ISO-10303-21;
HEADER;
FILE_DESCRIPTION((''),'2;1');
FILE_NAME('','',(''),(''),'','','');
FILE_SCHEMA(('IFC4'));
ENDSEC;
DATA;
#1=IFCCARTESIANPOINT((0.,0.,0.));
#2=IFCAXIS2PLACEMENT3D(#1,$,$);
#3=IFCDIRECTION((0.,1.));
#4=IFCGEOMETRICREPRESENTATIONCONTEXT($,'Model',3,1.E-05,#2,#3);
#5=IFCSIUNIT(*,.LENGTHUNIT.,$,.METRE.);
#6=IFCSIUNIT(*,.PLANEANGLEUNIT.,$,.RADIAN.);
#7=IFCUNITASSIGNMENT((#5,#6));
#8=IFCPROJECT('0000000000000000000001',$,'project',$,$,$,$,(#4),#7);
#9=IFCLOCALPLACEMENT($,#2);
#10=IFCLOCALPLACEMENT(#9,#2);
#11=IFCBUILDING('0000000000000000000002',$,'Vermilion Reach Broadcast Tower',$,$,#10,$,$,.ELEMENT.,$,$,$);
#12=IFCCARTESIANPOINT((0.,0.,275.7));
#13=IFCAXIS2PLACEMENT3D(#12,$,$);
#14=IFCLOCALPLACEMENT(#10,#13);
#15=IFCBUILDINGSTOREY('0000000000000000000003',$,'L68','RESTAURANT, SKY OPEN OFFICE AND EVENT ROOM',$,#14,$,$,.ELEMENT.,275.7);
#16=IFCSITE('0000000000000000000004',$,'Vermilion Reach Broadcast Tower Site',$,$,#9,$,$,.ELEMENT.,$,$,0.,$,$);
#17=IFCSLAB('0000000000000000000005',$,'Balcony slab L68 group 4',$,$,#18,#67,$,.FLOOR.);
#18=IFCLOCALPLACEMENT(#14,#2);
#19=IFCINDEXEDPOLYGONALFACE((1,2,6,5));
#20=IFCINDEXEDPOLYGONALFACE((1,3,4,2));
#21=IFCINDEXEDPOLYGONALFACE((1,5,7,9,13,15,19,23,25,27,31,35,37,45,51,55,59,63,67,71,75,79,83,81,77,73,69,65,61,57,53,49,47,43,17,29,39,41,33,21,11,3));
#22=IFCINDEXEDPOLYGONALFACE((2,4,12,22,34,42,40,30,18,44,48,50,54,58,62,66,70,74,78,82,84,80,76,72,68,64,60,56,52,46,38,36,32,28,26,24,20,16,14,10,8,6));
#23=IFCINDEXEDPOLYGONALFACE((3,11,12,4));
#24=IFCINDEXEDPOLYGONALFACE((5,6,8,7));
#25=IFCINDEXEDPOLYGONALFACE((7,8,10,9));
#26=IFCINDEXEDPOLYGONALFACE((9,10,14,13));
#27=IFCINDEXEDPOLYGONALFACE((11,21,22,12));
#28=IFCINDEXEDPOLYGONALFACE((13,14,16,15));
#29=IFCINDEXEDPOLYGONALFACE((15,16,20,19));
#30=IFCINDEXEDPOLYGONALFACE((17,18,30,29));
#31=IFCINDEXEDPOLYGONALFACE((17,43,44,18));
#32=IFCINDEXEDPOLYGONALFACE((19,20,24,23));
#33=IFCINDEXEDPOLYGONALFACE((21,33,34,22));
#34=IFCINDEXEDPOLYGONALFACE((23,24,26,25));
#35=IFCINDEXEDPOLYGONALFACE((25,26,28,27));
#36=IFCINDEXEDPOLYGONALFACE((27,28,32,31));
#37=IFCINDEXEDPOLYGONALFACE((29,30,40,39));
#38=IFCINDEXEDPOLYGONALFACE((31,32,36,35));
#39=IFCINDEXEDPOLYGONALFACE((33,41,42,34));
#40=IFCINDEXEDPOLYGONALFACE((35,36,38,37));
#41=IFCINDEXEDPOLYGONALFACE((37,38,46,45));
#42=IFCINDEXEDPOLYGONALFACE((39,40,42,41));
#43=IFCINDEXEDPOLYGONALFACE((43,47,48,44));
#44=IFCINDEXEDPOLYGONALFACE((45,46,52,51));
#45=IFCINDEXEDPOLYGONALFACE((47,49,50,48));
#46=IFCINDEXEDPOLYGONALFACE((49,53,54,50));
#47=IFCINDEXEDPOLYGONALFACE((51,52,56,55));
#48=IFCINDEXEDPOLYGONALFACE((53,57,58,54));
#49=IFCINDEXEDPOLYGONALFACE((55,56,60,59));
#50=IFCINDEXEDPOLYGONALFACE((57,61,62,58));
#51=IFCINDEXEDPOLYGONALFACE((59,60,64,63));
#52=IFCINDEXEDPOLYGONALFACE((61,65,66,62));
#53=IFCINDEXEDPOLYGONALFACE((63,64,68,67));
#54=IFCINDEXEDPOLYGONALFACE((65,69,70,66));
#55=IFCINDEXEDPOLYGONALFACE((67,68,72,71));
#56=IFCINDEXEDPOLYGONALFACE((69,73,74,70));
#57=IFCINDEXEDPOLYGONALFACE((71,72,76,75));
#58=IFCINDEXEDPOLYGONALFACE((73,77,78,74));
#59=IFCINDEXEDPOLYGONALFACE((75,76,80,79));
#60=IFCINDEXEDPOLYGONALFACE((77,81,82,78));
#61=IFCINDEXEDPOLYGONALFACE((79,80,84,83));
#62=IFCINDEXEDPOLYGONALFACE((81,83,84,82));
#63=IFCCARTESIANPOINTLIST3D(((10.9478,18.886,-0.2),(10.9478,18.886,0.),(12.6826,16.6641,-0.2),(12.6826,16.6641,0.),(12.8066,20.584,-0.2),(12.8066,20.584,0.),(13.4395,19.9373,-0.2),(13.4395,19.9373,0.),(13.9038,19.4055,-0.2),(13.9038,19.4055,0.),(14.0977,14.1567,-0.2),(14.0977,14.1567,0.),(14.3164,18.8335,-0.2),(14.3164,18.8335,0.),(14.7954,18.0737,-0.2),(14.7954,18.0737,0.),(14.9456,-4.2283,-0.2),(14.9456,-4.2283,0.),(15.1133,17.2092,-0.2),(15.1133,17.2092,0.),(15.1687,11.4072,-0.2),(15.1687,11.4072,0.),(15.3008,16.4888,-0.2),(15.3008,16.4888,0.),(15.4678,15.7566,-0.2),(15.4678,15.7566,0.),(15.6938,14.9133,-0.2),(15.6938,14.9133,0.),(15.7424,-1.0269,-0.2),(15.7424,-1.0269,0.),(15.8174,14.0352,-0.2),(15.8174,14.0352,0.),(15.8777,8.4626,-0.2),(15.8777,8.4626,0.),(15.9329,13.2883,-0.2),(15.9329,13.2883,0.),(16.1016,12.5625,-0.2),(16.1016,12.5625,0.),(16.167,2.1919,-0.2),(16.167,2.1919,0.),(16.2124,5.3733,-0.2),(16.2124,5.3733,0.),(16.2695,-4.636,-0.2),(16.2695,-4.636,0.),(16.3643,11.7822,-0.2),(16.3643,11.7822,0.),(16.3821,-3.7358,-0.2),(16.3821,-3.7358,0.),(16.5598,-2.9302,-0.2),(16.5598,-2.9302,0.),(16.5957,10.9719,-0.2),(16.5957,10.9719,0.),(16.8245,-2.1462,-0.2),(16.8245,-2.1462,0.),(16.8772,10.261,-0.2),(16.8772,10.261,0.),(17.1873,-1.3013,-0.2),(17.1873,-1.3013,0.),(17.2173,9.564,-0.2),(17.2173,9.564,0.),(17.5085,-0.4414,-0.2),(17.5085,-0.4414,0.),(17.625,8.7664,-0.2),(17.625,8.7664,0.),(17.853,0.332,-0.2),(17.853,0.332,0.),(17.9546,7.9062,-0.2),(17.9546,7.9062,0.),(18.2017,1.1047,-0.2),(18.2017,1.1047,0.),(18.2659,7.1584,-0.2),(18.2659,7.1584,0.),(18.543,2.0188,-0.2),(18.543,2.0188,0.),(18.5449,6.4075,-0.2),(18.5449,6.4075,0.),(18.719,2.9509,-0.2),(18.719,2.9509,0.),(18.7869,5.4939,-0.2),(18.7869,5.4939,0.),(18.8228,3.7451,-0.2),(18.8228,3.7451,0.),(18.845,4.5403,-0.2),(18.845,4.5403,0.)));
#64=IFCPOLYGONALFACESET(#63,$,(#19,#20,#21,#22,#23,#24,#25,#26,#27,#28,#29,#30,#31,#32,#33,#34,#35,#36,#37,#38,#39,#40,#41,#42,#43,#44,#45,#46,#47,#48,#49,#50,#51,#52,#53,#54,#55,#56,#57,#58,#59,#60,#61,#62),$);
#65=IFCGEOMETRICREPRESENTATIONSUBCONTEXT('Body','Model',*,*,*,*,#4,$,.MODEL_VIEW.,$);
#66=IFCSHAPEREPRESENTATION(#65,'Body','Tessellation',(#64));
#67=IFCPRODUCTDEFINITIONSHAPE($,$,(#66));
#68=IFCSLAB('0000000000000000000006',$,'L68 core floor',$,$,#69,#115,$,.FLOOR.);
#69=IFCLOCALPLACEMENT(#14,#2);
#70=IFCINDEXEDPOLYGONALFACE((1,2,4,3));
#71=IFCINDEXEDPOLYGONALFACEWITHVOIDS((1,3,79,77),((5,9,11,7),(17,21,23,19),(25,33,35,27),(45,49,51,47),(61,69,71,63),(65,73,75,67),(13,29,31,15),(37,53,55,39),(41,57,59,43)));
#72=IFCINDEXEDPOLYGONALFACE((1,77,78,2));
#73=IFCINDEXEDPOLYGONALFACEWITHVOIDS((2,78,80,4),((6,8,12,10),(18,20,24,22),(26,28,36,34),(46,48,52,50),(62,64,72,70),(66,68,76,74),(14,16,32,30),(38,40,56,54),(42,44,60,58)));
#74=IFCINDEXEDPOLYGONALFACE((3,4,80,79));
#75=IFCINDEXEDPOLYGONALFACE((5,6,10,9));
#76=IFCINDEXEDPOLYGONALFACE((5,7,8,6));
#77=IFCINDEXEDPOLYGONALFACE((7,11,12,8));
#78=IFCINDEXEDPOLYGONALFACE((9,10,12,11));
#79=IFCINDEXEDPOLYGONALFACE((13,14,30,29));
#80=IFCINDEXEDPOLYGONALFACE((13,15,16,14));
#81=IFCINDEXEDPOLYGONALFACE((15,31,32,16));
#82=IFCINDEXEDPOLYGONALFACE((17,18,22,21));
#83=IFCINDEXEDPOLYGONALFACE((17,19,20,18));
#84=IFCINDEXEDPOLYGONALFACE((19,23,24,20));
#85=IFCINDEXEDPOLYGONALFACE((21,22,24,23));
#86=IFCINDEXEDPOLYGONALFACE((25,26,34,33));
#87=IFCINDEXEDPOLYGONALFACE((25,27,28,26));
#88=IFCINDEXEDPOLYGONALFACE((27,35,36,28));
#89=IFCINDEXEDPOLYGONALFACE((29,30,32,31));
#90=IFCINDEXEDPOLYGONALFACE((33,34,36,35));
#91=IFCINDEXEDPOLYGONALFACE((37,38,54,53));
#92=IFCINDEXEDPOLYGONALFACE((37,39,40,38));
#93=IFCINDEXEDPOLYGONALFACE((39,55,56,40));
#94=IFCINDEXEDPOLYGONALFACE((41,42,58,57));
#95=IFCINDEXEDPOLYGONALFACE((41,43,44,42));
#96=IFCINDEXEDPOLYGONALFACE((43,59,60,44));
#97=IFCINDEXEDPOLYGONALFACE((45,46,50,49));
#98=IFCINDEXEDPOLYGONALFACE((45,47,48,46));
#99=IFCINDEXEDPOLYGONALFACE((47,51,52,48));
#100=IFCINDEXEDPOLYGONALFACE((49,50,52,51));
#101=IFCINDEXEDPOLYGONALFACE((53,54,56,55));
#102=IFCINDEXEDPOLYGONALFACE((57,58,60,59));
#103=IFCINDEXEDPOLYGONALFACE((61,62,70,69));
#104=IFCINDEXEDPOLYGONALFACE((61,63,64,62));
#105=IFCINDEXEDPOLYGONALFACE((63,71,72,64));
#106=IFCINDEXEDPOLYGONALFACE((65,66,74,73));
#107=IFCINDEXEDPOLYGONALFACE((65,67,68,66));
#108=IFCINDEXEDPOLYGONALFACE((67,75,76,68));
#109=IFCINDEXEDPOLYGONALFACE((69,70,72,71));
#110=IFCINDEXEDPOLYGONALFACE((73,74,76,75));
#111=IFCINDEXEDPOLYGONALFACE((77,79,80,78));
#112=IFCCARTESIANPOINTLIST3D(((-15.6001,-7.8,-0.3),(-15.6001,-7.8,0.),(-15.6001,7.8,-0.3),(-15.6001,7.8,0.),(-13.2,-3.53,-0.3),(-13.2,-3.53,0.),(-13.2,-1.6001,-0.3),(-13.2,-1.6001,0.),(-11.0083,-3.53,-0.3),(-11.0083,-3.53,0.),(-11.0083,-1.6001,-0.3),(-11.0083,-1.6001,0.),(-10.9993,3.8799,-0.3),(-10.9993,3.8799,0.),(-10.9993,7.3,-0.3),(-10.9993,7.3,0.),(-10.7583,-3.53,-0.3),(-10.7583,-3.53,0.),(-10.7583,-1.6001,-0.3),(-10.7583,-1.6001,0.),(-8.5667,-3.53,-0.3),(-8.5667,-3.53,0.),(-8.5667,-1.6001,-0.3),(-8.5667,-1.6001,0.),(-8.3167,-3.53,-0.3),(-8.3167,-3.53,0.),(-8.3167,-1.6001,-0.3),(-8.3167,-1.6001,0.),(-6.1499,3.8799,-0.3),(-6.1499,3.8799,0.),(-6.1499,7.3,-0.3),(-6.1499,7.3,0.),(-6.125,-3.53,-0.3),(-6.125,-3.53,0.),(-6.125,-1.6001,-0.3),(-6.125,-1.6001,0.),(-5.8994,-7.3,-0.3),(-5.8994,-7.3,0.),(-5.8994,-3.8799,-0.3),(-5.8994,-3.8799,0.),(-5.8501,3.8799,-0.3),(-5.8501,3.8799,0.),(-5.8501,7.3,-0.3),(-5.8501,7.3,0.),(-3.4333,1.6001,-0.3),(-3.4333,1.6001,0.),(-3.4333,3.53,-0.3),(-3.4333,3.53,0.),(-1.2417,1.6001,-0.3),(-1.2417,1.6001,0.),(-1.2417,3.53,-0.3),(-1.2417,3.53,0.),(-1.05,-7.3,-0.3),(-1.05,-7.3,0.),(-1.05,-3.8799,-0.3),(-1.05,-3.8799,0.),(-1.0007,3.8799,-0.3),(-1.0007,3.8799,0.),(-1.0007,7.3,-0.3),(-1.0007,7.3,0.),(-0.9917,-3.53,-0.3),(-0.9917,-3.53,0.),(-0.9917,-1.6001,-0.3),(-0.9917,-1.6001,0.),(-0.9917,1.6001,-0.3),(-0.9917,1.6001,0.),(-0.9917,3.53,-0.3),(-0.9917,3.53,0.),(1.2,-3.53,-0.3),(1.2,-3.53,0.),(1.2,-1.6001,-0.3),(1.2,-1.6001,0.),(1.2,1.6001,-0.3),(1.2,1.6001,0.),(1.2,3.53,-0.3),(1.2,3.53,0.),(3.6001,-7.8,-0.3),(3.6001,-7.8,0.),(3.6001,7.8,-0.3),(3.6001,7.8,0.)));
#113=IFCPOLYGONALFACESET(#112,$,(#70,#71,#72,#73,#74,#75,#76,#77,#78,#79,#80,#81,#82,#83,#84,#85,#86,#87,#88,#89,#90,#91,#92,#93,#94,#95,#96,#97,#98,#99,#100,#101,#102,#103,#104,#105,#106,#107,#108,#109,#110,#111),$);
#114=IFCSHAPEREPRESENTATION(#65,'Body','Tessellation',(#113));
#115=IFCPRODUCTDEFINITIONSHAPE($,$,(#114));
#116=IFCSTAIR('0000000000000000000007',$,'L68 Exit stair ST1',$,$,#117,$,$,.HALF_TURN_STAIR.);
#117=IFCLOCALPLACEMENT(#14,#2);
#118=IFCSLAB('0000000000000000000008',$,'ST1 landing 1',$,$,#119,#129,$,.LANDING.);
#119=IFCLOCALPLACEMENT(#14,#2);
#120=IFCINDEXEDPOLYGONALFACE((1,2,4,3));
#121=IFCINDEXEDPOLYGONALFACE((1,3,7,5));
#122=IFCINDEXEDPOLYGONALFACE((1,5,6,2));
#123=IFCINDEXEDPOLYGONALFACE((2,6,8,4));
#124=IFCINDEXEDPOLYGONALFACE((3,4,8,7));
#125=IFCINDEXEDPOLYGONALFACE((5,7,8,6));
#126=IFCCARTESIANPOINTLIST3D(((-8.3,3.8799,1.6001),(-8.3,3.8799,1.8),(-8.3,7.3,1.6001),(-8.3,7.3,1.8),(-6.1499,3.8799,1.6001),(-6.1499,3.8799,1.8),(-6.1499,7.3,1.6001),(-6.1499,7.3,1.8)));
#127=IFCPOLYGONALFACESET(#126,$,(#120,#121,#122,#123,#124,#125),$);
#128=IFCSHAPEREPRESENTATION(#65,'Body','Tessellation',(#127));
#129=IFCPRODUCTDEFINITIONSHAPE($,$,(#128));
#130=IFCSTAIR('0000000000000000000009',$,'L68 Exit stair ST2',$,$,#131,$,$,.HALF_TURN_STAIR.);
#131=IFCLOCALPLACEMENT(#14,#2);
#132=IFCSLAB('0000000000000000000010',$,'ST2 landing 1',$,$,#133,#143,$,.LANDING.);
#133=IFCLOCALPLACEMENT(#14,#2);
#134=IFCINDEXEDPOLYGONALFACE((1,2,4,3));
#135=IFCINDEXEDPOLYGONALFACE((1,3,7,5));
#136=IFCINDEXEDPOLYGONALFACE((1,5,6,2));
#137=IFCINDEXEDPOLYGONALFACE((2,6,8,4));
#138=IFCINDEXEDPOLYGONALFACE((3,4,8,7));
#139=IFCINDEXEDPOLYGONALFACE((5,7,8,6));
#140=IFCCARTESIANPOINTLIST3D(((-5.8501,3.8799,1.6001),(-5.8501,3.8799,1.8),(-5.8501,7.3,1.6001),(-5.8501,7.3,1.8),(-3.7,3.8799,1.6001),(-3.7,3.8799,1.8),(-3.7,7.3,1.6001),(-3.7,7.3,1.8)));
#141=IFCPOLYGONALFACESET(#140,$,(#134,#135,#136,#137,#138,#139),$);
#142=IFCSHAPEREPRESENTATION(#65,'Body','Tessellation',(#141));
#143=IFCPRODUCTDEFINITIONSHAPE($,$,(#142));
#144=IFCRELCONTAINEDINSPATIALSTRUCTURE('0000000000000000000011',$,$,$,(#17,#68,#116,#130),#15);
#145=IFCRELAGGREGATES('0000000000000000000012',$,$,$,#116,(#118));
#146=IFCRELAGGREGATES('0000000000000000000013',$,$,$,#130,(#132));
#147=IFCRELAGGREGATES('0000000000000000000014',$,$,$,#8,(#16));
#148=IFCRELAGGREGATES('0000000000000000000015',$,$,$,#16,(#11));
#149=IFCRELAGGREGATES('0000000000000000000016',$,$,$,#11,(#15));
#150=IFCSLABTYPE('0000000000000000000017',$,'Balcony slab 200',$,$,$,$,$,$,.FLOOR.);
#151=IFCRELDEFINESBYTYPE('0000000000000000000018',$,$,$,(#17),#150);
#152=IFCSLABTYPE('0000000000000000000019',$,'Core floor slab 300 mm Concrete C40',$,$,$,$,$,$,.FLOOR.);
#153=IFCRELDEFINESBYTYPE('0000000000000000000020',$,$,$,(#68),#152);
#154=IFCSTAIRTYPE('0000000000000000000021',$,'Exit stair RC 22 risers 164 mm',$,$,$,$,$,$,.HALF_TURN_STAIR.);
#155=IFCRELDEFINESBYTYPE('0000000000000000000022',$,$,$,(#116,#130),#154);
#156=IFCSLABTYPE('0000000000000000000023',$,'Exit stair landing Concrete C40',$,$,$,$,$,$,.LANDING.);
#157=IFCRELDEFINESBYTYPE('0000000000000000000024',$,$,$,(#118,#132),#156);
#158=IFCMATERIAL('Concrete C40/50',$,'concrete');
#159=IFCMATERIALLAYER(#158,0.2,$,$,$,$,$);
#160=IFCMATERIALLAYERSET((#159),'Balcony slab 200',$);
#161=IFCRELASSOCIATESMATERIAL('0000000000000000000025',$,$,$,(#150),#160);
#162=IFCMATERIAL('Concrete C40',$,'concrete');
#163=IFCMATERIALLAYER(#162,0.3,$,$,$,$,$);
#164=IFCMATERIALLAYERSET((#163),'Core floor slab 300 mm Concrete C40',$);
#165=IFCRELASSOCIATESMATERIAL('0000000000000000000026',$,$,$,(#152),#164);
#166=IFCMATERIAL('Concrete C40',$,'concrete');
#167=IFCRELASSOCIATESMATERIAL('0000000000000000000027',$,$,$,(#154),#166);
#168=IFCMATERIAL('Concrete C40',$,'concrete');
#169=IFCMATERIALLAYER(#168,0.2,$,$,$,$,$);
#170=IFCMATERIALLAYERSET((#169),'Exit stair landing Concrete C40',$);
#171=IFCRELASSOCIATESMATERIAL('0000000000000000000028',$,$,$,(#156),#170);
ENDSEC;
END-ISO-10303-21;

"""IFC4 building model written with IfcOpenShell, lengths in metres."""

from ifc_helpers import new_model, si_unit, direction, frame, origin, place, context, subcontext, project, spatial, polyline, outline, extrude, material, layer, layer_set, type_object, element, aggregate, save


model = new_model("IFC4")

# Units and contexts
model_context = context("Model", 3, precision=1e-05, world=origin(), true_north=direction((0.0, 1.0)))
body_context = subcontext(model_context, "Body", "Model", "MODEL_VIEW")
ifc_project = project(units=[si_unit("LENGTHUNIT", "METRE"), si_unit("PLANEANGLEUNIT", "RADIAN")], contexts=[model_context])

# Site, building, storey
site_placement = place(None, origin())
site = spatial("IfcSite", under=ifc_project, at=site_placement, Name="Vermilion Reach Broadcast Tower Site", CompositionType="ELEMENT", RefElevation=0.0)
building_placement = place(site_placement, origin())
building = spatial("IfcBuilding", under=site, at=building_placement, Name="Vermilion Reach Broadcast Tower", CompositionType="ELEMENT")
storey_placement = place(building_placement, frame((0.0, 0.0, 275.7)))
storey = spatial("IfcBuildingStorey", under=building, at=storey_placement, Name="L68", Description="RESTAURANT, SKY OPEN OFFICE AND EVENT ROOM", CompositionType="ELEMENT", Elevation=275.7)

# Slabs
ifc_material_1 = material(Name="Concrete C40/50", Category="concrete")
ifc_layer_1 = layer(ifc_material_1, 0.2)
ifc_layer_set_1 = layer_set([ifc_layer_1], Name="Balcony slab 200")
slab_type_1 = type_object("IfcSlabType", Name="Balcony slab 200", PredefinedType="FLOOR", material=ifc_layer_set_1)
placement_1 = place(storey_placement, frame((0.0, 0.0, -0.2)))
element("IfcSlab", 1, at=placement_1, inside=storey, type_object=slab_type_1, Name="Balcony slab L68 group 4", PredefinedType="FLOOR", context=body_context, shape_type="SweptSolid", body=[
    extrude(outline(polyline([(14.9456, -4.2283), (15.7424, -1.0269), (16.167, 2.1919), (16.2124, 5.3733), (15.8777, 8.4626), (15.1687, 11.4072), (14.0977, 14.1567), (12.6826, 16.6641), (10.9478, 18.886), (12.8066, 20.584), (13.4395, 19.9373), (13.9038, 19.4055), (14.3164, 18.8335), (14.7954, 18.0737), (15.1133, 17.2092), (15.3008, 16.4888), (15.4678, 15.7566), (15.6938, 14.9133), (15.8174, 14.0352), (15.9329, 13.2883), (16.1016, 12.5625), (16.3643, 11.7822), (16.5957, 10.9719), (16.8772, 10.261), (17.2173, 9.564), (17.625, 8.7664), (17.9546, 7.9062), (18.2659, 7.1584), (18.5449, 6.4075), (18.7869, 5.4939), (18.845, 4.5403), (18.8228, 3.7451), (18.719, 2.9509), (18.543, 2.0188), (18.2017, 1.1047), (17.853, 0.332), (17.5085, -0.4414), (17.1873, -1.3013), (16.8245, -2.1462), (16.5598, -2.9302), (16.3821, -3.7358), (16.2695, -4.636), (14.9456, -4.2283)])), origin(), (0.0, 0.0, 1.0), 0.2),
])
ifc_material_2 = material(Name="Concrete C40", Category="concrete")
ifc_layer_2 = layer(ifc_material_2, 0.3)
ifc_layer_set_2 = layer_set([ifc_layer_2], Name="Core floor slab 300 mm Concrete C40")
slab_type_2 = type_object("IfcSlabType", Name="Core floor slab 300 mm Concrete C40", PredefinedType="FLOOR", material=ifc_layer_set_2)
slab_1_placement = place(storey_placement, frame((0.0, 0.0, -0.3)))
element("IfcSlab", 2, at=slab_1_placement, inside=storey, type_object=slab_type_2, Name="L68 core floor", PredefinedType="FLOOR", context=body_context, shape_type="SweptSolid", body=[
    extrude(outline(polyline([(-15.6001, -7.8), (3.6001, -7.8), (3.6001, 7.8), (-15.6001, 7.8), (-15.6001, -7.8)]), holes=[polyline([(-3.4333, 1.6001), (-1.2417, 1.6001), (-1.2417, 3.53), (-3.4333, 3.53), (-3.4333, 1.6001)]), polyline([(-0.9917, 1.6001), (1.2, 1.6001), (1.2, 3.53), (-0.9917, 3.53), (-0.9917, 1.6001)]), polyline([(-13.2, -3.53), (-11.0083, -3.53), (-11.0083, -1.6001), (-13.2, -1.6001), (-13.2, -3.53)]), polyline([(-10.7583, -3.53), (-8.5667, -3.53), (-8.5667, -1.6001), (-10.7583, -1.6001), (-10.7583, -3.53)]), polyline([(-8.3167, -3.53), (-6.125, -3.53), (-6.125, -1.6001), (-8.3167, -1.6001), (-8.3167, -3.53)]), polyline([(-0.9917, -3.53), (1.2, -3.53), (1.2, -1.6001), (-0.9917, -1.6001), (-0.9917, -3.53)]), polyline([(-10.9993, 3.8799), (-6.1499, 3.8799), (-6.1499, 7.3), (-10.9993, 7.3), (-10.9993, 3.8799)]), polyline([(-1.0007, 7.3), (-5.8501, 7.3), (-5.8501, 3.8799), (-1.0007, 3.8799), (-1.0007, 7.3)]), polyline([(-5.8994, -7.3), (-1.05, -7.3), (-1.05, -3.8799), (-5.8994, -3.8799), (-5.8994, -7.3)])]), origin(), (0.0, 0.0, 1.0), 0.3),
])

# Stairs, slabs
ifc_material_3 = material(Name="Concrete C40", Category="concrete")
stair_type = type_object("IfcStairType", Name="Exit stair RC 22 risers 164 mm", PredefinedType="HALF_TURN_STAIR", material=ifc_material_3)
placement_2 = place(storey_placement, origin())
stair_1 = element("IfcStair", 3, at=placement_2, inside=storey, type_object=stair_type, Name="L68 Exit stair ST1", PredefinedType="HALF_TURN_STAIR")
ifc_material_4 = material(Name="Concrete C40", Category="concrete")
ifc_layer_3 = layer(ifc_material_4, 0.2)
ifc_layer_set_3 = layer_set([ifc_layer_3], Name="Exit stair landing Concrete C40")
slab_type_3 = type_object("IfcSlabType", Name="Exit stair landing Concrete C40", PredefinedType="LANDING", material=ifc_layer_set_3)
placement_3 = place(storey_placement, frame((0.0, 0.0, 1.6001)))
slab_2 = element("IfcSlab", 4, at=placement_3, type_object=slab_type_3, Name="ST1 landing 1", PredefinedType="LANDING", context=body_context, shape_type="SweptSolid", body=[
    extrude(outline(polyline([(-8.3, 3.8799), (-6.1499, 3.8799), (-6.1499, 7.3), (-8.3, 7.3), (-8.3, 3.8799)])), origin(), (0.0, 0.0, 1.0), 0.2),
])
aggregate(stair_1, [slab_2])
stair_2 = element("IfcStair", 5, at=placement_2, inside=storey, type_object=stair_type, Name="L68 Exit stair ST2", PredefinedType="HALF_TURN_STAIR")
slab_3 = element("IfcSlab", 6, at=placement_3, type_object=slab_type_3, Name="ST2 landing 1", PredefinedType="LANDING", context=body_context, shape_type="SweptSolid", body=[
    extrude(outline(polyline([(-3.7, 7.3), (-5.8501, 7.3), (-5.8501, 3.8799), (-3.7, 3.8799), (-3.7, 7.3)])), origin(), (0.0, 0.0, 1.0), 0.2),
])
aggregate(stair_2, [slab_3])

save(model, "model.ifc")
